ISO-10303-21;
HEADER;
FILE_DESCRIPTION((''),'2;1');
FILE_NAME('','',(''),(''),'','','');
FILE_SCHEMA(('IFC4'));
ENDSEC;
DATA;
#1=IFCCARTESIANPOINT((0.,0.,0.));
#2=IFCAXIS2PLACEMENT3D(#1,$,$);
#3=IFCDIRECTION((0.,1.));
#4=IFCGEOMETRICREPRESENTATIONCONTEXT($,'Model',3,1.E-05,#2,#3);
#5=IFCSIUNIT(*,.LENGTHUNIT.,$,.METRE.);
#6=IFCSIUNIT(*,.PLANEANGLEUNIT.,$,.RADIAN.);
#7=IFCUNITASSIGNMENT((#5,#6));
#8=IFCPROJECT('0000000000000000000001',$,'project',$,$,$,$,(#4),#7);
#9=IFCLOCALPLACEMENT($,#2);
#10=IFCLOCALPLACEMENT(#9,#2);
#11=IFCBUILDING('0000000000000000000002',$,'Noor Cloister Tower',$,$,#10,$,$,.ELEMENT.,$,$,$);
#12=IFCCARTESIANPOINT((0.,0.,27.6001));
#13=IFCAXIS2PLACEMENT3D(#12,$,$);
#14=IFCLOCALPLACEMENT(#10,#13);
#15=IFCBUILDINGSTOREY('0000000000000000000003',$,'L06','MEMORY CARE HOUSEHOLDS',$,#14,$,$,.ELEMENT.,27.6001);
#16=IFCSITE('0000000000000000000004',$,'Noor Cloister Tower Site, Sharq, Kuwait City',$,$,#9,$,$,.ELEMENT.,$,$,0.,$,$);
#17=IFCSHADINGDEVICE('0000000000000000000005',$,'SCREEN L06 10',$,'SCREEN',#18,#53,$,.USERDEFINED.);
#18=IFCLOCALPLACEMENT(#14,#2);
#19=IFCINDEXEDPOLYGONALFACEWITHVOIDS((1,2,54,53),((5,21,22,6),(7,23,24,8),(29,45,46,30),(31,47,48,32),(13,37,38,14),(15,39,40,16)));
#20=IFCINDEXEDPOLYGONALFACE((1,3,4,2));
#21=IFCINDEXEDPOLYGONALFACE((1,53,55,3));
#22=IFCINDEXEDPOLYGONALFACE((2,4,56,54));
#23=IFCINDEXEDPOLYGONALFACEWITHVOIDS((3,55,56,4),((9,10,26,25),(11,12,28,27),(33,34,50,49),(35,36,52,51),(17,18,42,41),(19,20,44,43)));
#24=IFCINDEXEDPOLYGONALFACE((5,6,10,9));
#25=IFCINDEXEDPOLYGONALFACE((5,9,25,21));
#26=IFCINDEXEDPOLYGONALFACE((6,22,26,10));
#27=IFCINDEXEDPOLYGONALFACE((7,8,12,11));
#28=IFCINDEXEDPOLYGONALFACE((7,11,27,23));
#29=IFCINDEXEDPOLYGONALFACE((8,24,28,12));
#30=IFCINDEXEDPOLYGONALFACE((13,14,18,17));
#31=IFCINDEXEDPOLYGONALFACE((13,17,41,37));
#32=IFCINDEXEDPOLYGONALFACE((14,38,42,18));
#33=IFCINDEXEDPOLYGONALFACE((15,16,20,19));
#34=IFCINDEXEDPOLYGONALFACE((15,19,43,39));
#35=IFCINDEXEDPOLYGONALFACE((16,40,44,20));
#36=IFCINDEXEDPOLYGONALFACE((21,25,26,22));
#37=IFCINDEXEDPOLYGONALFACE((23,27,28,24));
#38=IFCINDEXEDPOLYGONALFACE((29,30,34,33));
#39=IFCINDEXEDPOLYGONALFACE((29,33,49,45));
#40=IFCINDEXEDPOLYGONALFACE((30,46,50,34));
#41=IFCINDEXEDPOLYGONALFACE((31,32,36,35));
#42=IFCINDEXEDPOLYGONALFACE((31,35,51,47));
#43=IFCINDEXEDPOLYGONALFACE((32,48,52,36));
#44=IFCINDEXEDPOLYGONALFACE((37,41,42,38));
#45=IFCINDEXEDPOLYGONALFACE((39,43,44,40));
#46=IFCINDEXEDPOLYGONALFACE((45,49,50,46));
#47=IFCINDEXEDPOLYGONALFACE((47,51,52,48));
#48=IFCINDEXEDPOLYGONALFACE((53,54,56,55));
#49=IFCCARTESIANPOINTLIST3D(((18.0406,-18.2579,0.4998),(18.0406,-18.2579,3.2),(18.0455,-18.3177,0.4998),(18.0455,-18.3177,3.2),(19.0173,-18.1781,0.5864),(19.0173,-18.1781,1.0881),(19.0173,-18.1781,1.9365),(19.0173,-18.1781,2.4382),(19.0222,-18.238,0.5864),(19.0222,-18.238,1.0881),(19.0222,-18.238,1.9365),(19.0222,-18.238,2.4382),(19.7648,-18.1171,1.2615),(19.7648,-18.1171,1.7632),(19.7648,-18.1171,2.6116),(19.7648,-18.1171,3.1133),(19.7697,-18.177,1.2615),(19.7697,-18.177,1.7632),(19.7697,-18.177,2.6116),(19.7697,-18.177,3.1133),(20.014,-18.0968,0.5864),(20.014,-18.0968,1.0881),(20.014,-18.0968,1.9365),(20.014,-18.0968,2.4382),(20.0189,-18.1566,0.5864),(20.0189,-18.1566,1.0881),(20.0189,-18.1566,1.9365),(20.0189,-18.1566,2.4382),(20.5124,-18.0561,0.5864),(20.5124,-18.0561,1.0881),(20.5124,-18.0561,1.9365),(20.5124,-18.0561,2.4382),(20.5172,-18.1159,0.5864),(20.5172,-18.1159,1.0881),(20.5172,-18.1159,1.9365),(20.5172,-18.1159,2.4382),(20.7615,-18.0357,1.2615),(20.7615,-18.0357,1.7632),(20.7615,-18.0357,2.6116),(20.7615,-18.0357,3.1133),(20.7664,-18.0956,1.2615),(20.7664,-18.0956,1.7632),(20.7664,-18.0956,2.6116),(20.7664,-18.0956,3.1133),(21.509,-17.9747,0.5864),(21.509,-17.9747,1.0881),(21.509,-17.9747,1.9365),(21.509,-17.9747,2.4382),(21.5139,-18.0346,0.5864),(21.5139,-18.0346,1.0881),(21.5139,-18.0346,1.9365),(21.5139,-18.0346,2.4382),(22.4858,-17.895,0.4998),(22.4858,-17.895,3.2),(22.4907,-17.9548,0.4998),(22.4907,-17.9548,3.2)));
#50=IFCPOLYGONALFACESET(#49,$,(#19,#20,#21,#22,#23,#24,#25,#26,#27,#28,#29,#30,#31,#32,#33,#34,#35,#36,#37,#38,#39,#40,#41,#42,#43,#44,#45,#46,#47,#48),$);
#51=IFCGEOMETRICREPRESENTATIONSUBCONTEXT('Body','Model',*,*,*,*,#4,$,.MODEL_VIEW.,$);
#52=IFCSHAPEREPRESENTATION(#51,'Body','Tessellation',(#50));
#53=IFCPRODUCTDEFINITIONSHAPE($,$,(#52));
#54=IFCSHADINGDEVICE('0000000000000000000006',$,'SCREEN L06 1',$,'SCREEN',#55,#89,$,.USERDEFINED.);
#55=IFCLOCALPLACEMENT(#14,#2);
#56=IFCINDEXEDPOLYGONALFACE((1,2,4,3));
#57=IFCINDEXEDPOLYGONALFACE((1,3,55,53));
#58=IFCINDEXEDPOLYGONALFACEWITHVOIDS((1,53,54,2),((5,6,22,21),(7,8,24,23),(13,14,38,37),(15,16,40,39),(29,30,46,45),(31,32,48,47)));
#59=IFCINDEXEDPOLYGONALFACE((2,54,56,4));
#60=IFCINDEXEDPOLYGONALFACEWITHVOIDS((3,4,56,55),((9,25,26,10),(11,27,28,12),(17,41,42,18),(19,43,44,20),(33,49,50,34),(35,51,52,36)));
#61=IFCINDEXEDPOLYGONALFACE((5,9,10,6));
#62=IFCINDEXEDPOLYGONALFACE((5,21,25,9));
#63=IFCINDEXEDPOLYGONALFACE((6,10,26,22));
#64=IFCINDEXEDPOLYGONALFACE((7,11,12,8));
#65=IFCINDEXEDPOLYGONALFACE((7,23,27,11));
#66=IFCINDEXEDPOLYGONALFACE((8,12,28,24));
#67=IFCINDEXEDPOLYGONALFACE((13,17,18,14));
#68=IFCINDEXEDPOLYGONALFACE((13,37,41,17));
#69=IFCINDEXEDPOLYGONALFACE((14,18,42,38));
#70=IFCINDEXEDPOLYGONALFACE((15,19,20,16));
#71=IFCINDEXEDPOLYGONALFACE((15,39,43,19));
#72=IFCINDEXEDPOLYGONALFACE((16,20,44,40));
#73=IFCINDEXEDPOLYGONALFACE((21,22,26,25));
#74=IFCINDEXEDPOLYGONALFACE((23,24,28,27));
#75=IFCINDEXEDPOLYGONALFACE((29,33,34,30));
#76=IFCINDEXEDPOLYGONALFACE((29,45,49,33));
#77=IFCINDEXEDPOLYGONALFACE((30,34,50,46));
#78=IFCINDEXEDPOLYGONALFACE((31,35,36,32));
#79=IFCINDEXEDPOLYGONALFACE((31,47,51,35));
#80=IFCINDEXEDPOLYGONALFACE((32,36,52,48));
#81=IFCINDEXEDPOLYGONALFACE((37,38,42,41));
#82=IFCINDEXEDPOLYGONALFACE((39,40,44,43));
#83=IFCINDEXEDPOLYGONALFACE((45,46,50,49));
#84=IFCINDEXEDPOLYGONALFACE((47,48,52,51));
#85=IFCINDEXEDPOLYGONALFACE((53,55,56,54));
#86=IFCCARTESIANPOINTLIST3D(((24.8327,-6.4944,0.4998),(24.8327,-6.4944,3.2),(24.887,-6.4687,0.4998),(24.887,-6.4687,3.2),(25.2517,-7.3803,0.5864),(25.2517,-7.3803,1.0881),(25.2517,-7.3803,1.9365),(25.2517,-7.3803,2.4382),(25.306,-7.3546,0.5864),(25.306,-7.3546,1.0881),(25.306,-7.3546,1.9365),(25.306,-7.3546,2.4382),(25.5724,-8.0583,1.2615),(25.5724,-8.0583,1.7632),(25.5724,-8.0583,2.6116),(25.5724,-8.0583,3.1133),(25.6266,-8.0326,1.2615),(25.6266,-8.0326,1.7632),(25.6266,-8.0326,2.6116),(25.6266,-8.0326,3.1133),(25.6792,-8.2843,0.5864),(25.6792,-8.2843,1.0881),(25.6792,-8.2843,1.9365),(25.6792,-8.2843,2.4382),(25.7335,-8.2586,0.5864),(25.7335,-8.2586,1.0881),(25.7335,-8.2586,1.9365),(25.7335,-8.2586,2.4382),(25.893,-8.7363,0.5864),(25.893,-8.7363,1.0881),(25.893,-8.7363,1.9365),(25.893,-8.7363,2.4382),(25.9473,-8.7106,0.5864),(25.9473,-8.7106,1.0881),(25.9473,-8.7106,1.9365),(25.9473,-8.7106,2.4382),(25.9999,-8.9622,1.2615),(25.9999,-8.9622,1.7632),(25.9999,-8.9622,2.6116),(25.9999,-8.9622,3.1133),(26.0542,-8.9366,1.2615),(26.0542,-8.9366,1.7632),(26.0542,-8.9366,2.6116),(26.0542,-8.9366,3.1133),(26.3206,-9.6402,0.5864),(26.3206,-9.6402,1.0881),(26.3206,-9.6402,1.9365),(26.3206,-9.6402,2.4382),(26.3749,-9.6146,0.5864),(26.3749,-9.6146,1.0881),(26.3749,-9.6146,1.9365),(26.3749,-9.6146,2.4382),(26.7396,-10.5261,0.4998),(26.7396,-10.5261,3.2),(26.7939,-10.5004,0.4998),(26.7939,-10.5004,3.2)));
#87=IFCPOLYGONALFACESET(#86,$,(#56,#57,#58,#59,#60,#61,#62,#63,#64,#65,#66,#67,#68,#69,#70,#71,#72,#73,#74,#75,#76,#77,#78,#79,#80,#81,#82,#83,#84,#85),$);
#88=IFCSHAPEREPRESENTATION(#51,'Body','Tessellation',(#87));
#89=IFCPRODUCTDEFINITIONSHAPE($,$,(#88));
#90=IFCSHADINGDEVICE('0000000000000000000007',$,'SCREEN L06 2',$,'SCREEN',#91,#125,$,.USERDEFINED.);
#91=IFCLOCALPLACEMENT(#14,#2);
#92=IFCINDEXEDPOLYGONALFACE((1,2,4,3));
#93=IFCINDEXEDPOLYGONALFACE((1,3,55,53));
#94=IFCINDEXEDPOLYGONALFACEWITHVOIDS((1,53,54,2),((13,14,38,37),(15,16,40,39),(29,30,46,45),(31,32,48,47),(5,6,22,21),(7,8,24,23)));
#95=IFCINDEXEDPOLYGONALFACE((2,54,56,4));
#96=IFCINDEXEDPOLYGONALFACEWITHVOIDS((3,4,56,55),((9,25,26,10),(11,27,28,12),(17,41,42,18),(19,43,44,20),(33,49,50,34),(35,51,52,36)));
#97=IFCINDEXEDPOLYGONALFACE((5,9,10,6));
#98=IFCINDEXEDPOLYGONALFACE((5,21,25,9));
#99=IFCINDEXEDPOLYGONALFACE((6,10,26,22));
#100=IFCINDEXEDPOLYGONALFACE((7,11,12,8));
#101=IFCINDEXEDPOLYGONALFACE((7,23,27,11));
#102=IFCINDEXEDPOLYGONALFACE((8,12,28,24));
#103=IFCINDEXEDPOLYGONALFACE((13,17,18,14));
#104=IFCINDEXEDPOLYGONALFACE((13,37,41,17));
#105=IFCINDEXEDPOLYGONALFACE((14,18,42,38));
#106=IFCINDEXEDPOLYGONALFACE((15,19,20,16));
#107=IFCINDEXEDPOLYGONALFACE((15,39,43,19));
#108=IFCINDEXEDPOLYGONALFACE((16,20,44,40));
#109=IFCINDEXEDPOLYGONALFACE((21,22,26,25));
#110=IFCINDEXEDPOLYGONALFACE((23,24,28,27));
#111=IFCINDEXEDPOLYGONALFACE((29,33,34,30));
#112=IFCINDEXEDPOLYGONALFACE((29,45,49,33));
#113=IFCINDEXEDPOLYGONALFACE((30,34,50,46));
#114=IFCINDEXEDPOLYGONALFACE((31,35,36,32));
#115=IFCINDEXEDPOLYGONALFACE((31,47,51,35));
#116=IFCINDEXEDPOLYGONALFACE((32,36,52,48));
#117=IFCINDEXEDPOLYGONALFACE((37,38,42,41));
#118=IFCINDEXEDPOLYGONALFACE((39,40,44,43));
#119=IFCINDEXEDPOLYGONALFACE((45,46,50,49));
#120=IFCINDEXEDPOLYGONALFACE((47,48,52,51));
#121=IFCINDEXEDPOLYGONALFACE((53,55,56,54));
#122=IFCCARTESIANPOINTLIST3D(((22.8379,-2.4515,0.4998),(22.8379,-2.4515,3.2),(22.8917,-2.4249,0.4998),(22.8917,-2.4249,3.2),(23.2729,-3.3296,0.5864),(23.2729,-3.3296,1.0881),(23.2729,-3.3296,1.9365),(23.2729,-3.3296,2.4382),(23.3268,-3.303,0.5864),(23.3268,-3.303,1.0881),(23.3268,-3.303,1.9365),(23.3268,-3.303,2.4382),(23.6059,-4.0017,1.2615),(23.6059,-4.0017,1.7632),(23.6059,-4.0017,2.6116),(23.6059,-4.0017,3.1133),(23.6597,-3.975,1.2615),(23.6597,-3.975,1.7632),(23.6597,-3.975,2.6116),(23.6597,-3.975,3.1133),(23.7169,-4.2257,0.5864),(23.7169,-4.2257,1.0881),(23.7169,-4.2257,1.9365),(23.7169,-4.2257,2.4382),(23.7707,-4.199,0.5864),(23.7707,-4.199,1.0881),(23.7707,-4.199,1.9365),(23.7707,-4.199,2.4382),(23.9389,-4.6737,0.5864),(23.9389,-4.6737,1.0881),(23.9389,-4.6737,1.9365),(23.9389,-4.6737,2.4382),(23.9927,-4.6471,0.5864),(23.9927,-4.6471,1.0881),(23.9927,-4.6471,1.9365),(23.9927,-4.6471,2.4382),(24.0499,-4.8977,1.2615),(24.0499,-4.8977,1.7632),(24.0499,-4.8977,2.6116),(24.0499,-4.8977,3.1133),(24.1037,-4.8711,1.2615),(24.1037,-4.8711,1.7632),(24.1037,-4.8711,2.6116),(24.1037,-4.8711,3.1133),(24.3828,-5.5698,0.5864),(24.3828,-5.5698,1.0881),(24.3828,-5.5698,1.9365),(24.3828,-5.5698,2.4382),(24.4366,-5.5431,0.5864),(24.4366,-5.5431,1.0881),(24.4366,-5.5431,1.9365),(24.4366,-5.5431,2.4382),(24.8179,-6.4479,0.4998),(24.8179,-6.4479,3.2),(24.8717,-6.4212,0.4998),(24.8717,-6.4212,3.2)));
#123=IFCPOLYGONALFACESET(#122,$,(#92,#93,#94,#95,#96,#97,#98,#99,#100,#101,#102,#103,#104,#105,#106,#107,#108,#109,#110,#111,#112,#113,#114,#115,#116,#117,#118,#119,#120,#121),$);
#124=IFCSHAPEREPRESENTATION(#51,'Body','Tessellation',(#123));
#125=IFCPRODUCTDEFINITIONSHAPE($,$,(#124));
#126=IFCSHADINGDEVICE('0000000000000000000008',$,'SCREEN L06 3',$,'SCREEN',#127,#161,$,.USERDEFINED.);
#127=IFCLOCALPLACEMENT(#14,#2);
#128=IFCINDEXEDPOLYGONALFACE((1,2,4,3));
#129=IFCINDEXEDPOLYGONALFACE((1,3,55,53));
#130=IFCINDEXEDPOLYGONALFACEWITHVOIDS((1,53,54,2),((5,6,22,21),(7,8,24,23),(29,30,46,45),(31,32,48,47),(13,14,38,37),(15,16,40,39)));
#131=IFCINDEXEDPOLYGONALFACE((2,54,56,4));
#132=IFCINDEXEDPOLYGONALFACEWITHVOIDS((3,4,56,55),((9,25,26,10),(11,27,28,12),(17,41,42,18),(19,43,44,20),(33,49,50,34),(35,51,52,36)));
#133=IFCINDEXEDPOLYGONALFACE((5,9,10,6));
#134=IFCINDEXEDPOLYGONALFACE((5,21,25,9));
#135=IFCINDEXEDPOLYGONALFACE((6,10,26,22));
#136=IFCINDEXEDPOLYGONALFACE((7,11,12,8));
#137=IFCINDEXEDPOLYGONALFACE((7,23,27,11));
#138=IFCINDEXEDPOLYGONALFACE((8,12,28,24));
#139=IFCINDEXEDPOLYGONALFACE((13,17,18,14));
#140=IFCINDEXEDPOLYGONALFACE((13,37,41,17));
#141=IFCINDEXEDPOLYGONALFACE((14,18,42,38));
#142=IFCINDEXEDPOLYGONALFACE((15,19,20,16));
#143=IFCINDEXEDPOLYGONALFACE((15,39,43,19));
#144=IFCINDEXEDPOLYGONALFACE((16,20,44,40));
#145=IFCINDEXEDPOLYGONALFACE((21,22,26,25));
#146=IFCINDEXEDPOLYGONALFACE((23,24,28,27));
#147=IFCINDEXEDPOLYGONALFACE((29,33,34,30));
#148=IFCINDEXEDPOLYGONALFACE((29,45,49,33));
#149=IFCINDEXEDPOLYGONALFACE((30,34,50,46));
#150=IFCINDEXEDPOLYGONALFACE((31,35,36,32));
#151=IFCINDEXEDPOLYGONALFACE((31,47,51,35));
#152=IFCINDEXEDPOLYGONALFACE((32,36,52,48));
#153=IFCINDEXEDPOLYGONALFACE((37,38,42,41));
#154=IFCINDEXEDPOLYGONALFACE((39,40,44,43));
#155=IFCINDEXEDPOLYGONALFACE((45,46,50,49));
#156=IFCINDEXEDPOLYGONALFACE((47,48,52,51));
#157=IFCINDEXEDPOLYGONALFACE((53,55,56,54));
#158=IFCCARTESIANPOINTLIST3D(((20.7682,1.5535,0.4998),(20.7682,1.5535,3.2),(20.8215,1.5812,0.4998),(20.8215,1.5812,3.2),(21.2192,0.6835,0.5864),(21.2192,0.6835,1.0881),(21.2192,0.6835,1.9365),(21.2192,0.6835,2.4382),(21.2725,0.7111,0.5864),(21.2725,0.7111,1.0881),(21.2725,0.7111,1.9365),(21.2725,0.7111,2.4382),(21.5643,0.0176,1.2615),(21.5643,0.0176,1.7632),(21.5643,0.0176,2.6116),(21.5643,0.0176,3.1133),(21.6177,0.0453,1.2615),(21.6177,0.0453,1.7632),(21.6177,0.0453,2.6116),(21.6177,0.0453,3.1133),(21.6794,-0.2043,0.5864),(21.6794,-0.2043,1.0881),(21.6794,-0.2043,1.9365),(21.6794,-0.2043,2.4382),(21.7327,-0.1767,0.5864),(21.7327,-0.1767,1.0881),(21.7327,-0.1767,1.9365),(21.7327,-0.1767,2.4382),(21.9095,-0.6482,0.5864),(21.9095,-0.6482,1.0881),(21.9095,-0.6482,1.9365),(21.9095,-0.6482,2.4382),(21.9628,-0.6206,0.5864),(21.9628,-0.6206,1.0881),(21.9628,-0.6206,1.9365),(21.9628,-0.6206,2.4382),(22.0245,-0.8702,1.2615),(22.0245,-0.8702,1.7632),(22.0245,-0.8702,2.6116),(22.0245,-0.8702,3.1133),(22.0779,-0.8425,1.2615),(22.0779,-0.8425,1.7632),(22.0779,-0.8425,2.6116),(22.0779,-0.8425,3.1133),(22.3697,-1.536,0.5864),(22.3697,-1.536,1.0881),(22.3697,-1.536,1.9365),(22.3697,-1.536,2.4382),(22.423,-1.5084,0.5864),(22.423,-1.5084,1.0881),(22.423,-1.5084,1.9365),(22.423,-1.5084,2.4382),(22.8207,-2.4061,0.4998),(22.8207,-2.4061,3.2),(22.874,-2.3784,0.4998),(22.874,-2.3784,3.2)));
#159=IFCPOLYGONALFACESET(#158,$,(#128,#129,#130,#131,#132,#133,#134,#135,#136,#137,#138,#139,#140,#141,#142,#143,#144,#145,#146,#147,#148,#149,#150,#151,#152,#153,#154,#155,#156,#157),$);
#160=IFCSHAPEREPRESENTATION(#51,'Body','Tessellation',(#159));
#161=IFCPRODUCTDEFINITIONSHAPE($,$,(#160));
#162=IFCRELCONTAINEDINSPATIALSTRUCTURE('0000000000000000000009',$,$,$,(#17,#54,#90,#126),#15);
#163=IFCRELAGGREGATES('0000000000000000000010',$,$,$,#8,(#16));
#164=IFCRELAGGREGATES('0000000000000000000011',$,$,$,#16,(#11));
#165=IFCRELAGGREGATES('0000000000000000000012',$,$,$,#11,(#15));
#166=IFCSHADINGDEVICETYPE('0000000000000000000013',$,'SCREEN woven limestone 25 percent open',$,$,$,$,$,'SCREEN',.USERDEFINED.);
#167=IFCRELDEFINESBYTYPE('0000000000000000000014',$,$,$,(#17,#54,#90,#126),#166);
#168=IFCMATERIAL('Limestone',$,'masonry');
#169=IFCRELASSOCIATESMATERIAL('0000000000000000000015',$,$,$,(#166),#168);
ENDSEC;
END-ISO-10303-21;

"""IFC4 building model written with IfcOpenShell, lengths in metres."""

from ifc_helpers import new_model, si_unit, direction, frame, origin, place, context, subcontext, project, spatial, polyline, outline, extrude, material, material_profile, profile_set, type_object, element, save


model = new_model("IFC4")

# Units and contexts
model_context = context("Model", 3, precision=1e-05, world=origin(), true_north=direction((0.0, 1.0)))
body_context = subcontext(model_context, "Body", "Model", "MODEL_VIEW")
ifc_project = project(units=[si_unit("LENGTHUNIT", "METRE"), si_unit("PLANEANGLEUNIT", "RADIAN")], contexts=[model_context])

# Site, building, storey
site_placement = place(None, origin())
site = spatial("IfcSite", under=ifc_project, at=site_placement, Name="Noor Cloister Tower Site, Sharq, Kuwait City", CompositionType="ELEMENT", RefElevation=0.0)
building_placement = place(site_placement, origin())
building = spatial("IfcBuilding", under=site, at=building_placement, Name="Noor Cloister Tower", CompositionType="ELEMENT")
storey_placement = place(building_placement, frame((0.0, 0.0, 27.6001)))
storey = spatial("IfcBuildingStorey", under=building, at=storey_placement, Name="L06", Description="MEMORY CARE HOUSEHOLDS", CompositionType="ELEMENT", Elevation=27.6001)

# Shading devices
ifc_material_1 = material(Name="Limestone", Category="masonry")
ifc_material_profile_1 = material_profile(ifc_material_1, outline(polyline([(-2.23, -1.3501), (2.23, -1.3501), (2.23, 1.3501), (-2.23, 1.3501), (-2.23, -1.3501)]), holes=[polyline([(-1.25, -1.2634), (-0.25, -1.2634), (-0.25, -0.7617), (-1.25, -0.7617), (-1.25, -1.2634)]), polyline([(0.25, -1.2634), (1.25, -1.2634), (1.25, -0.7617), (0.25, -0.7617), (0.25, -1.2634)]), polyline([(-0.5, -0.5884), (0.5, -0.5884), (0.5, -0.0867), (-0.5, -0.0867), (-0.5, -0.5884)]), polyline([(-1.25, 0.0867), (-0.25, 0.0867), (-0.25, 0.5884), (-1.25, 0.5884), (-1.25, 0.0867)]), polyline([(0.25, 0.0867), (1.25, 0.0867), (1.25, 0.5884), (0.25, 0.5884), (0.25, 0.0867)]), polyline([(-0.5, 0.7617), (0.5, 0.7617), (0.5, 1.2634), (-0.5, 1.2634), (-0.5, 0.7617)])]), Name="Woven screen 25 percent open")
ifc_profile_set_1 = profile_set([ifc_material_profile_1], Name="Limestone")
shading_device_type = type_object("IfcShadingDeviceType", Name="SCREEN woven limestone 25 percent open", ElementType="SCREEN", PredefinedType="USERDEFINED", material=ifc_profile_set_1)
for number, where, z_axis, x_axis, name in (
    (1, (20.2632, -18.0764, 1.8499), (0.081362, -0.996685, 0.0), (0.996685, 0.081362, 0.0), "SCREEN L06 10"),
    (2, (25.7861, -8.5103, 1.8499), (0.903986, 0.427561, 0.0), (-0.427561, 0.903986, 0.0), "SCREEN L06 1"),
    (3, (23.8279, -4.4497, 1.8499), (0.89605, 0.443952, 0.0), (-0.443952, 0.89605, 0.0), "SCREEN L06 2"),
    (4, (21.7944, -0.4263, 1.8499), (0.887816, 0.460198, 0.0), (-0.460198, 0.887816, 0.0), "SCREEN L06 3"),
):
    element("IfcShadingDevice", number, at=place(storey_placement, frame(where, z_axis=z_axis, x_axis=x_axis)), inside=storey, type_object=shading_device_type, Name=name, ObjectType="SCREEN", PredefinedType="USERDEFINED", context=body_context, shape_type="SweptSolid", body=[
        extrude(outline(polyline([(-2.23, -1.3501), (2.23, -1.3501), (2.23, 1.3501), (-2.23, 1.3501), (-2.23, -1.3501)]), holes=[polyline([(-1.25, -1.2634), (-0.25, -1.2634), (-0.25, -0.7617), (-1.25, -0.7617), (-1.25, -1.2634)]), polyline([(0.25, -1.2634), (1.25, -1.2634), (1.25, -0.7617), (0.25, -0.7617), (0.25, -1.2634)]), polyline([(-0.5, -0.5884), (0.5, -0.5884), (0.5, -0.0867), (-0.5, -0.0867), (-0.5, -0.5884)]), polyline([(-1.25, 0.0867), (-0.25, 0.0867), (-0.25, 0.5884), (-1.25, 0.5884), (-1.25, 0.0867)]), polyline([(0.25, 0.0867), (1.25, 0.0867), (1.25, 0.5884), (0.25, 0.5884), (0.25, 0.0867)]), polyline([(-0.5, 0.7617), (0.5, 0.7617), (0.5, 1.2634), (-0.5, 1.2634), (-0.5, 0.7617)])]), origin(), (0.0, 0.0, 1.0), 0.0601),
    ])

save(model, "model.ifc")
